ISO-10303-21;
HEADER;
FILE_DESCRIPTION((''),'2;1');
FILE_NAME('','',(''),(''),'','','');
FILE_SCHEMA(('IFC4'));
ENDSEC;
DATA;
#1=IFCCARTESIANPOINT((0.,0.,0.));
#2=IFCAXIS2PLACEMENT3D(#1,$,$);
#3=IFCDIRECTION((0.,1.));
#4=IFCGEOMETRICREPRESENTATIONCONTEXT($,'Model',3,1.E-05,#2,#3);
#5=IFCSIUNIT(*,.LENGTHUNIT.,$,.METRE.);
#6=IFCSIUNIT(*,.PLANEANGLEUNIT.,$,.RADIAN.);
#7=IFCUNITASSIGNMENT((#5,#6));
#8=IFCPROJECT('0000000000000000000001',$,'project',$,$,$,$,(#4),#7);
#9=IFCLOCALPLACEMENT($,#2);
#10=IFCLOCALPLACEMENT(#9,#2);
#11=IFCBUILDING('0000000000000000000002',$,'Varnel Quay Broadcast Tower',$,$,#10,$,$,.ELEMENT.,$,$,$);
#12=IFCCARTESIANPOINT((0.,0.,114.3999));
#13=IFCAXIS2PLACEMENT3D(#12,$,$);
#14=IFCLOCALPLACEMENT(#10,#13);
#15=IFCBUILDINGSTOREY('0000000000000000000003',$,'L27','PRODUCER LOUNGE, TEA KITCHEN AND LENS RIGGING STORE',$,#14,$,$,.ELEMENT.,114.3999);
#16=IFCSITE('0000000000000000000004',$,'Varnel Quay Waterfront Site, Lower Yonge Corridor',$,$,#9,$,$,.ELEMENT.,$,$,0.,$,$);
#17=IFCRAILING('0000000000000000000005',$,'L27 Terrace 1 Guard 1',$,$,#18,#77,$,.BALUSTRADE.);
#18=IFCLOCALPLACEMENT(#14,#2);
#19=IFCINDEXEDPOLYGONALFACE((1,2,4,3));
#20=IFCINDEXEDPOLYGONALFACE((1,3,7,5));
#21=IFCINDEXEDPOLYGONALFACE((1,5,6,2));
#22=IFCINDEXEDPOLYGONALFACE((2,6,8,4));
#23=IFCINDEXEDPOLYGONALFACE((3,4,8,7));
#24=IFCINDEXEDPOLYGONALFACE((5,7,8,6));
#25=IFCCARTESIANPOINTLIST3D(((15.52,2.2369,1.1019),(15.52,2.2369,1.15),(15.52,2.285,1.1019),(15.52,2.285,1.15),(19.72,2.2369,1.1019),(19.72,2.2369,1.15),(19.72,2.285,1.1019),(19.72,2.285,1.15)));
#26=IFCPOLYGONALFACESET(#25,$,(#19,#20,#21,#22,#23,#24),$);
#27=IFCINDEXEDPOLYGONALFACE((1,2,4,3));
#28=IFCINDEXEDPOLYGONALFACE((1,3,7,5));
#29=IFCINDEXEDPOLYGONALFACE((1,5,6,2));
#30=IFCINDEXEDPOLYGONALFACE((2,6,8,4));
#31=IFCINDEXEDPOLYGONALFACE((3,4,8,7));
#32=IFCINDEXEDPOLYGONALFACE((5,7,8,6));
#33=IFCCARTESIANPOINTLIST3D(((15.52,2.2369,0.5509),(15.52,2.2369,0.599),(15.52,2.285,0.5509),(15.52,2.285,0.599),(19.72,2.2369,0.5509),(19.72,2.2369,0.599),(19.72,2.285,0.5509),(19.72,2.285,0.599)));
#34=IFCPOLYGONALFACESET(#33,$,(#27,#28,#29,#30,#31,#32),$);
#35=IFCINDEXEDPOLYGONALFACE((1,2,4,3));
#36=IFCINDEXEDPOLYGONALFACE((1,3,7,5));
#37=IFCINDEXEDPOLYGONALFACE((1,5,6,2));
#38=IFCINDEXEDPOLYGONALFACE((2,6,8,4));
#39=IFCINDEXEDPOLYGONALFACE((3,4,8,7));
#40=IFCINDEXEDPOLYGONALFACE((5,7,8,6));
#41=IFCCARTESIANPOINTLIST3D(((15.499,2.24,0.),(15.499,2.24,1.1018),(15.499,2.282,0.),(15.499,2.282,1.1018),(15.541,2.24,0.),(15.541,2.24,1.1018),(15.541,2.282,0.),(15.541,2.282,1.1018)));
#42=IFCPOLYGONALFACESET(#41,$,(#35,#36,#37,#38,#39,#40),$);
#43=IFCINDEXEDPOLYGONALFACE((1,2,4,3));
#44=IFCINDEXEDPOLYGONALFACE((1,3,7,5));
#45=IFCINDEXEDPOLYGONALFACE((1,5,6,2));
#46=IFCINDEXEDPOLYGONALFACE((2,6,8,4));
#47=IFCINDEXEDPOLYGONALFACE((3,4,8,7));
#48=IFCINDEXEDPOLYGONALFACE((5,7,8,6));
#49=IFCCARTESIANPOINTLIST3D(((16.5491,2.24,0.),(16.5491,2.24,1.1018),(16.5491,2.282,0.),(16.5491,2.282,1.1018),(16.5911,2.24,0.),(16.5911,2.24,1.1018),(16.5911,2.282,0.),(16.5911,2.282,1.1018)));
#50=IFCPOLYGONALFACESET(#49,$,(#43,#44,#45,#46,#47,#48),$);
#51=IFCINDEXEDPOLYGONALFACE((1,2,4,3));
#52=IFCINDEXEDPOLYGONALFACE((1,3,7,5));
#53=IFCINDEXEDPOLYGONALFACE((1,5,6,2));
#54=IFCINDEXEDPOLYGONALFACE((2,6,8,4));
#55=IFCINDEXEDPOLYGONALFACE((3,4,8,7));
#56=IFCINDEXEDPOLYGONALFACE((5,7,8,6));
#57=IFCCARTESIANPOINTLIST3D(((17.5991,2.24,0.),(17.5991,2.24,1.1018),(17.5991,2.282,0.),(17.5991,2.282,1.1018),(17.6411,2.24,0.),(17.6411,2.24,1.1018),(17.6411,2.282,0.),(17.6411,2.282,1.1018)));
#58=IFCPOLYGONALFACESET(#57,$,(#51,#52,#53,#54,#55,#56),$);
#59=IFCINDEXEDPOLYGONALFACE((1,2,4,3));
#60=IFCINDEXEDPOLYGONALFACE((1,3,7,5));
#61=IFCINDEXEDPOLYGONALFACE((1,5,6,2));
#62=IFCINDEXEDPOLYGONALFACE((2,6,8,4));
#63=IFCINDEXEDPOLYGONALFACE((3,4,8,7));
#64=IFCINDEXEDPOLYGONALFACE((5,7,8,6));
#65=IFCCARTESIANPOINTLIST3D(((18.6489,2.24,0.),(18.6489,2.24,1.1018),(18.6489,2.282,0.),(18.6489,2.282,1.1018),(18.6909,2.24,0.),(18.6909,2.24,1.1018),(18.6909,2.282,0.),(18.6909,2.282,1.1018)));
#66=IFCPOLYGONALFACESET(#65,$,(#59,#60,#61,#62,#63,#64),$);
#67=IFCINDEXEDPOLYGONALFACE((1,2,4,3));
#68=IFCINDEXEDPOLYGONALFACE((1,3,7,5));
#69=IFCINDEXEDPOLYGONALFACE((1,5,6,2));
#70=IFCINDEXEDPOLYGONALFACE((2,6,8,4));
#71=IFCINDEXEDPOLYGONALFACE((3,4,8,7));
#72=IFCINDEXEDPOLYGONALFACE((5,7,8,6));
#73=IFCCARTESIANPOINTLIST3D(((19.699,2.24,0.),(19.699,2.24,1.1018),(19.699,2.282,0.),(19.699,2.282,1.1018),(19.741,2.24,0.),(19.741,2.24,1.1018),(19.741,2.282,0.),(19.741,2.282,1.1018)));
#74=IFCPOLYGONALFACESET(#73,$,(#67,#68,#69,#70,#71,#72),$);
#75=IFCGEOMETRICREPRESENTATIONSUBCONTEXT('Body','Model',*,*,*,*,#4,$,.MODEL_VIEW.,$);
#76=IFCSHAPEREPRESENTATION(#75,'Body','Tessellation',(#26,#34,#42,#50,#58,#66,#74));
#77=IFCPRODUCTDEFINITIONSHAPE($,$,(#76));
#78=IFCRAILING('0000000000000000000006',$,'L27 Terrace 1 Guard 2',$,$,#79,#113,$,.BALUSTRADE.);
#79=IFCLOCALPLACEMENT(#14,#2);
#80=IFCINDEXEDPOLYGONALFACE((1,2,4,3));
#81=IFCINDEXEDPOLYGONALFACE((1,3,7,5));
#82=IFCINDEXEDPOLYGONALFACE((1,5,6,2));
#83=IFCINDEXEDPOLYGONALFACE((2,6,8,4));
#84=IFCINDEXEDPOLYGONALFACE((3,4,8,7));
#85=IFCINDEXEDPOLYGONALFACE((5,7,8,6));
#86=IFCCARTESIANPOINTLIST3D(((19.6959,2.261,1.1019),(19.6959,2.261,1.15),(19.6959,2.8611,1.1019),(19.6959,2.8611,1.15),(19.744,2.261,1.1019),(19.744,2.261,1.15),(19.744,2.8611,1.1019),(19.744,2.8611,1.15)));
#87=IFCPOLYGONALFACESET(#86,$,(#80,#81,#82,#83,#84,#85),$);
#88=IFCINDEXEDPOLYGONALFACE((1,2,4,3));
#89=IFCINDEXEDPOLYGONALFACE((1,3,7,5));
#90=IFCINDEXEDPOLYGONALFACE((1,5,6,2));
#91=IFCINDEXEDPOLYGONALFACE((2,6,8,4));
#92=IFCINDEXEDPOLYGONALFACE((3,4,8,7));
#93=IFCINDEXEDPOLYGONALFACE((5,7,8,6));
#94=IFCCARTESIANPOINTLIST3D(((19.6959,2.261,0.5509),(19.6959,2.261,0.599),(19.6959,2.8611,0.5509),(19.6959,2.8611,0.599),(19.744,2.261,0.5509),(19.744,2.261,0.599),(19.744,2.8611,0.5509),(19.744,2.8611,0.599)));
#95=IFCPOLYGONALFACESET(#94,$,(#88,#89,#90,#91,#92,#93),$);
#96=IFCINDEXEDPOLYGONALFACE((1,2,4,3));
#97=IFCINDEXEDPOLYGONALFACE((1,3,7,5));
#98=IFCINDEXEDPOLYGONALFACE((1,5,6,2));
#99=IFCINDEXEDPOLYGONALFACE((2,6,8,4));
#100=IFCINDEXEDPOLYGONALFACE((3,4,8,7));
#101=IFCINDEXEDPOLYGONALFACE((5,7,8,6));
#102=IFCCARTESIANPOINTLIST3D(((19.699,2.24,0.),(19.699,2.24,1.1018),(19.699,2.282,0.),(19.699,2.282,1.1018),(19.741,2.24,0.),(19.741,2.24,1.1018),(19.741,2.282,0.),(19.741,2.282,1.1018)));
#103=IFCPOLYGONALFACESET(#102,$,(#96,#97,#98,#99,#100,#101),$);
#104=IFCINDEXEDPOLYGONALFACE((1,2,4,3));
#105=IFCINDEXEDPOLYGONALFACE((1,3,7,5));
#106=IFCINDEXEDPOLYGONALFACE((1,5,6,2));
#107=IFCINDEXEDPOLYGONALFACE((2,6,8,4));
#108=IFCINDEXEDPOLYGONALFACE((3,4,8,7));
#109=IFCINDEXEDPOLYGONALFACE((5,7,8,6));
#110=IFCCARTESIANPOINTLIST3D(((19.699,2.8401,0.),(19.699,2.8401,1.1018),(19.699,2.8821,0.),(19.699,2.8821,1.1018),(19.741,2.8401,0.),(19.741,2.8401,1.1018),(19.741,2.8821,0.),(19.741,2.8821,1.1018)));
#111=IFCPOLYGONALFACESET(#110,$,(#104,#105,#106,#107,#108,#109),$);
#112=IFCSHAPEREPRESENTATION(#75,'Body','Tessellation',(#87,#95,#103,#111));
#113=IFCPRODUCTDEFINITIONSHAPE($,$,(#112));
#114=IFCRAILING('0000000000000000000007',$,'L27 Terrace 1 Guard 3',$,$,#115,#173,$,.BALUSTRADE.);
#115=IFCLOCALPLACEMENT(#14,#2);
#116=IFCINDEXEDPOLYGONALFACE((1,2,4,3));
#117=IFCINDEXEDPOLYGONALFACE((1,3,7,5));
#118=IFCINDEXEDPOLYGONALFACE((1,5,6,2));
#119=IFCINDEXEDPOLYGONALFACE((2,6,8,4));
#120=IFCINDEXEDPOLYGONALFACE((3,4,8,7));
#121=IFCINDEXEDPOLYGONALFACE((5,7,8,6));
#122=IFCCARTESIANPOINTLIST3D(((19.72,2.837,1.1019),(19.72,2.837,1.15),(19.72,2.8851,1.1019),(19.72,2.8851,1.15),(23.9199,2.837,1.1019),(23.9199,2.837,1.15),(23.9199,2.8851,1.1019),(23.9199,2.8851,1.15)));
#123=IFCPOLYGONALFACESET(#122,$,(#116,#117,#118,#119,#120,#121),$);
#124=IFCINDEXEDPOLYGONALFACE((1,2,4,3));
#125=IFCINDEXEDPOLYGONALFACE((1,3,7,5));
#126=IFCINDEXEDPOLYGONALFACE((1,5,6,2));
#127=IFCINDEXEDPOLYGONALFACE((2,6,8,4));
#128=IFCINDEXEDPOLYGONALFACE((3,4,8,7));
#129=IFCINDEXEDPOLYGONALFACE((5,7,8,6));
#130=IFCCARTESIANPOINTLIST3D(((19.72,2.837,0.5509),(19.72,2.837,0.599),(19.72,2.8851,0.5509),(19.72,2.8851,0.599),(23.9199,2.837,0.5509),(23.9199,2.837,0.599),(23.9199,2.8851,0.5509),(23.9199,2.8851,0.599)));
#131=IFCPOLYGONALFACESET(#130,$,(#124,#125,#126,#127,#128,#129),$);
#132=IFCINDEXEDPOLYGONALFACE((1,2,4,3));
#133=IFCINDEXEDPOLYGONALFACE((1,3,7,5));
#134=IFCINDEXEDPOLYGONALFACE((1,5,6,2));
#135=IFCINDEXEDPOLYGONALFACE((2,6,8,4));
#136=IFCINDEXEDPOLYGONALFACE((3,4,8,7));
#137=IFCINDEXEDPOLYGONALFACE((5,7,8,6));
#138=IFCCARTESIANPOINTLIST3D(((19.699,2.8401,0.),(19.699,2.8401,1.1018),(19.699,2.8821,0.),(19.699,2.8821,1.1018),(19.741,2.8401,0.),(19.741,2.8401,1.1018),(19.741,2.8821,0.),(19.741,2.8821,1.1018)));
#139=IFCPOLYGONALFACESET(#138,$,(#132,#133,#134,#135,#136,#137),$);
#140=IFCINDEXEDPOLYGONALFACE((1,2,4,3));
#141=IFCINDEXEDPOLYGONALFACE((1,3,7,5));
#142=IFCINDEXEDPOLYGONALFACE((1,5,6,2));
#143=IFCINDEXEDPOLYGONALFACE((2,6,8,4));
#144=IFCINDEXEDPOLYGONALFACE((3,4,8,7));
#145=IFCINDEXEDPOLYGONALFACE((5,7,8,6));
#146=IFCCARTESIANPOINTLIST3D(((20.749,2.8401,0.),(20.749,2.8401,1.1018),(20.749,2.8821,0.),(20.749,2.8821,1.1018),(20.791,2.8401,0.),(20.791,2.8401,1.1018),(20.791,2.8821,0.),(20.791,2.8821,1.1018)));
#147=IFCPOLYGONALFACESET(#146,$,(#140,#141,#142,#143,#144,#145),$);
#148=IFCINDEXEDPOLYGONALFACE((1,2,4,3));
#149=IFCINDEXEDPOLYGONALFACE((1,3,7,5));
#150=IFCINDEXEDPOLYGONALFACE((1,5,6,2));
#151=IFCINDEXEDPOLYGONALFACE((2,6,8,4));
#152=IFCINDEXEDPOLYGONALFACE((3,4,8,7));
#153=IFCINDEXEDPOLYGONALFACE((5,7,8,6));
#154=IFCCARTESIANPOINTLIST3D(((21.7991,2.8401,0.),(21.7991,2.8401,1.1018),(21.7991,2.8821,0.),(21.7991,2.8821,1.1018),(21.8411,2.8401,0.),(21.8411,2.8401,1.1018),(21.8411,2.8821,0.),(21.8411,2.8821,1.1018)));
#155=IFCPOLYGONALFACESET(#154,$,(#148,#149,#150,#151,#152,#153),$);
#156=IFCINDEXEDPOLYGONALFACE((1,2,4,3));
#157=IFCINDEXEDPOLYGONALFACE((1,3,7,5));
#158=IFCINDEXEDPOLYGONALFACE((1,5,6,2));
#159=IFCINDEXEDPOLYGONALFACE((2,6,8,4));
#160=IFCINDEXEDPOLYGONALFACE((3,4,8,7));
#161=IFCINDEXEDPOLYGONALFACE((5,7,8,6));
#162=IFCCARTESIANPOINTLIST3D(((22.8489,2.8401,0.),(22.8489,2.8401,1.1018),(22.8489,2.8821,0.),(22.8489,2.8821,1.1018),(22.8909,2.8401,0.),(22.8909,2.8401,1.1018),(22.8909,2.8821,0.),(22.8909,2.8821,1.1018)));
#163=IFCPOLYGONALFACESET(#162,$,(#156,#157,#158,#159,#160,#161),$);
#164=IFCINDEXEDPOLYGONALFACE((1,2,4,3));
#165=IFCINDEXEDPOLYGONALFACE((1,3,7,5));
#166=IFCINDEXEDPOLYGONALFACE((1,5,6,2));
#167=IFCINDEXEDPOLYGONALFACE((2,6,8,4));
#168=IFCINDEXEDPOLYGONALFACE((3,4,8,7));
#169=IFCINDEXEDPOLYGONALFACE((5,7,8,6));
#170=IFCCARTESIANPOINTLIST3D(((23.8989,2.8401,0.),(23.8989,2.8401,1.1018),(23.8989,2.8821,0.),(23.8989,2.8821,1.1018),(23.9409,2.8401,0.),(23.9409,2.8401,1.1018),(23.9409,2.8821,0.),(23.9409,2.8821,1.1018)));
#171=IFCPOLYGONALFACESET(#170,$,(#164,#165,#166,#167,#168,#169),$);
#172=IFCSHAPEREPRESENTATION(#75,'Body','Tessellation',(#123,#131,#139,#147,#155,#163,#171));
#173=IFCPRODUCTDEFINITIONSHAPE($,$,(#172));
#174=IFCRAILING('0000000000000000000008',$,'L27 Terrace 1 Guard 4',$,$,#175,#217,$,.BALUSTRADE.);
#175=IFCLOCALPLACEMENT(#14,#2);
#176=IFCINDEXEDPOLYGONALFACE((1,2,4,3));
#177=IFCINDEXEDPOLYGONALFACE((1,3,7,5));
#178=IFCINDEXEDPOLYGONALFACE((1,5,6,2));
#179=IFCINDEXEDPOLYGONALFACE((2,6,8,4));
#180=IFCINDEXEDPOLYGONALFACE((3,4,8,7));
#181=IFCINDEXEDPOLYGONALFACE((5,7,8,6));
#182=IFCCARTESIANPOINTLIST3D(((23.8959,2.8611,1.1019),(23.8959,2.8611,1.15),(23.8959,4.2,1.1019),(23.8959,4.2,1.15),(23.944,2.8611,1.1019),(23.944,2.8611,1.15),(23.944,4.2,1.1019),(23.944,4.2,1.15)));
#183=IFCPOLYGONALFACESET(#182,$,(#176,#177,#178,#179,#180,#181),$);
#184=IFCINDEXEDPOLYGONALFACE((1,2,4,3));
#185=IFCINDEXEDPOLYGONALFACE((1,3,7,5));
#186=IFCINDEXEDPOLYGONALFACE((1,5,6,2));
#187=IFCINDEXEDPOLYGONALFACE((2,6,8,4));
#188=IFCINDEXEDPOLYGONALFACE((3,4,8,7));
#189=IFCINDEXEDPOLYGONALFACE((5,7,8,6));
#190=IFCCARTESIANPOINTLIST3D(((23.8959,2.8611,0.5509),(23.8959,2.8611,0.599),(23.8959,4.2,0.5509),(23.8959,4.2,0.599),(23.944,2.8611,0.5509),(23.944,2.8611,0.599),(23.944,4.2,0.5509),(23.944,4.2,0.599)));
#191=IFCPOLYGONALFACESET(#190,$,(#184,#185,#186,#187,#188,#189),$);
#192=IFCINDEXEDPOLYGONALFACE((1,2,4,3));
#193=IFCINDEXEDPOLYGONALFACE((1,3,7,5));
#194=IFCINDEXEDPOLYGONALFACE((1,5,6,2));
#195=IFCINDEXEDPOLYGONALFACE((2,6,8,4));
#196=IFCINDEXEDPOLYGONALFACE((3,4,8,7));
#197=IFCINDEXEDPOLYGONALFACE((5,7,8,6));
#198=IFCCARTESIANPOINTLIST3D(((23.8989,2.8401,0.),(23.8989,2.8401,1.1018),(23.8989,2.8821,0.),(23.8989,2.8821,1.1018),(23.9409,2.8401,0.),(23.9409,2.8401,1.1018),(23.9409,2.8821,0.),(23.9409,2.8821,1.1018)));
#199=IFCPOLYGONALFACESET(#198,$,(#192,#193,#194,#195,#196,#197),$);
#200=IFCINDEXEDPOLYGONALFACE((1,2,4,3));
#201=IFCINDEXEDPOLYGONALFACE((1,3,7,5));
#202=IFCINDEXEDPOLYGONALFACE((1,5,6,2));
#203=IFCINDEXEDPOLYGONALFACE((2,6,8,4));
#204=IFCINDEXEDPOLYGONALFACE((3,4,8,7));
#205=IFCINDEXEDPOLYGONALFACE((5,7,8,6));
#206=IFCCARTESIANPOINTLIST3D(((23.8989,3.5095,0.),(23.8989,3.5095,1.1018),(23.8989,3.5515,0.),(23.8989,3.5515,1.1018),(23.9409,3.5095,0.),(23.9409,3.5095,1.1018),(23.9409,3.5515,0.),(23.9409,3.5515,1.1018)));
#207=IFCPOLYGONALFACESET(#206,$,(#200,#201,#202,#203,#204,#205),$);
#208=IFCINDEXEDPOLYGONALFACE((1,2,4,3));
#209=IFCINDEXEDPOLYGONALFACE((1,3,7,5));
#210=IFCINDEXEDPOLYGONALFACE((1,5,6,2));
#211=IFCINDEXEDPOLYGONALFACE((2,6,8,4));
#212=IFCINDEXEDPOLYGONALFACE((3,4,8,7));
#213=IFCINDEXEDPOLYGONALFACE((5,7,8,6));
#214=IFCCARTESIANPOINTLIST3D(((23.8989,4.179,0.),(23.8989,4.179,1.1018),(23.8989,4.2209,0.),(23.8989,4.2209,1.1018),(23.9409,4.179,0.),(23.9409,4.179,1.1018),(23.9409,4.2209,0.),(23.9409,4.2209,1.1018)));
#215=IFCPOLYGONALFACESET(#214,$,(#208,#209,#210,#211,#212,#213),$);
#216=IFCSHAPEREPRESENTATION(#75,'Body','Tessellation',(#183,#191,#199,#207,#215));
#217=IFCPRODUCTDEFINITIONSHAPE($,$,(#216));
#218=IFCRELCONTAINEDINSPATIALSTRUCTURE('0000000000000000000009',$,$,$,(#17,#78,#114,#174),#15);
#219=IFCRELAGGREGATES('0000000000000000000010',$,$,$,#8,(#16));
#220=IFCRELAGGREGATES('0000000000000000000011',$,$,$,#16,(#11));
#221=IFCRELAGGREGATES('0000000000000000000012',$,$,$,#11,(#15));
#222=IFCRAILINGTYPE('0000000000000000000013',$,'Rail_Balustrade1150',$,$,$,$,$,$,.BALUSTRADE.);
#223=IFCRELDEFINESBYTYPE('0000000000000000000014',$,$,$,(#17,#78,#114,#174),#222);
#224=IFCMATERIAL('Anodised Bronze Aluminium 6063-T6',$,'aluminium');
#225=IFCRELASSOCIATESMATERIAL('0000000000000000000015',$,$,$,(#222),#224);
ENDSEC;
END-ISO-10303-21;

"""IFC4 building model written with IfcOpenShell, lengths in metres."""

from ifc_helpers import new_model, si_unit, direction, frame, origin, origin_2d, place, context, subcontext, project, spatial, rectangle, extrude, material, type_object, element, save


model = new_model("IFC4")

# Units and contexts
model_context = context("Model", 3, precision=1e-05, world=origin(), true_north=direction((0.0, 1.0)))
body_context = subcontext(model_context, "Body", "Model", "MODEL_VIEW")
ifc_project = project(units=[si_unit("LENGTHUNIT", "METRE"), si_unit("PLANEANGLEUNIT", "RADIAN")], contexts=[model_context])

# Site, building, storey
site_placement = place(None, origin())
site = spatial("IfcSite", under=ifc_project, at=site_placement, Name="Varnel Quay Waterfront Site, Lower Yonge Corridor", CompositionType="ELEMENT", RefElevation=0.0)
building_placement = place(site_placement, origin())
building = spatial("IfcBuilding", under=site, at=building_placement, Name="Varnel Quay Broadcast Tower", CompositionType="ELEMENT")
storey_placement = place(building_placement, frame((0.0, 0.0, 114.3999)))
storey = spatial("IfcBuildingStorey", under=building, at=storey_placement, Name="L27", Description="PRODUCER LOUNGE, TEA KITCHEN AND LENS RIGGING STORE", CompositionType="ELEMENT", Elevation=114.3999)

# Shared definitions
ifc_material_1 = material(Name="Anodised Bronze Aluminium 6063-T6", Category="aluminium")

# Railings
railing_type = type_object("IfcRailingType", Name="Rail_Balustrade1150", PredefinedType="BALUSTRADE", material=ifc_material_1)
railing_1_placement = place(storey_placement, frame((15.52, 2.261, 0.0)))
element("IfcRailing", 1, at=railing_1_placement, inside=storey, type_object=railing_type, Name="L27 Terrace 1 Guard 1", PredefinedType="BALUSTRADE", context=body_context, shape_type="SweptSolid", body=[
    extrude(rectangle(XDim=0.0481, YDim=0.0481, at=origin_2d()), frame((0.0, 0.0, 1.126), z_axis=(1.0, 0.0, 0.0), x_axis=(0.0, 1.0, 0.0)), (0.0, 0.0, 1.0), 4.2),
    extrude(rectangle(XDim=0.0481, YDim=0.0481, at=origin_2d()), frame((0.0, 0.0, 0.575), z_axis=(1.0, 0.0, 0.0), x_axis=(0.0, 1.0, 0.0)), (0.0, 0.0, 1.0), 4.2),
    extrude(rectangle(XDim=0.042, YDim=0.042, at=origin_2d()), origin(), (0.0, 0.0, 1.0), 1.1018),
    extrude(rectangle(XDim=0.042, YDim=0.042, at=origin_2d()), frame((1.05, 0.0, 0.0)), (0.0, 0.0, 1.0), 1.1018),
    extrude(rectangle(XDim=0.042, YDim=0.042, at=origin_2d()), frame((2.1001, 0.0, 0.0)), (0.0, 0.0, 1.0), 1.1018),
    extrude(rectangle(XDim=0.042, YDim=0.042, at=origin_2d()), frame((3.1499, 0.0, 0.0)), (0.0, 0.0, 1.0), 1.1018),
    extrude(rectangle(XDim=0.042, YDim=0.042, at=origin_2d()), frame((4.2, 0.0, 0.0)), (0.0, 0.0, 1.0), 1.1018),
])
railing_2_placement = place(storey_placement, frame((19.72, 2.261, 0.0)))
element("IfcRailing", 2, at=railing_2_placement, inside=storey, type_object=railing_type, Name="L27 Terrace 1 Guard 2", PredefinedType="BALUSTRADE", context=body_context, shape_type="SweptSolid", body=[
    extrude(rectangle(XDim=0.0481, YDim=0.0481, at=origin_2d()), frame((0.0, 0.0, 1.126), z_axis=(0.0, 1.0, 0.0), x_axis=(-1.0, 0.0, 0.0)), (0.0, 0.0, 1.0), 0.6001),
    extrude(rectangle(XDim=0.0481, YDim=0.0481, at=origin_2d()), frame((0.0, 0.0, 0.575), z_axis=(0.0, 1.0, 0.0), x_axis=(-1.0, 0.0, 0.0)), (0.0, 0.0, 1.0), 0.6001),
    extrude(rectangle(XDim=0.042, YDim=0.042, at=origin_2d()), origin(), (0.0, 0.0, 1.0), 1.1018),
    extrude(rectangle(XDim=0.042, YDim=0.042, at=origin_2d()), frame((0.0, 0.6001, 0.0)), (0.0, 0.0, 1.0), 1.1018),
])
railing_3_placement = place(storey_placement, frame((19.72, 2.8611, 0.0)))
element("IfcRailing", 3, at=railing_3_placement, inside=storey, type_object=railing_type, Name="L27 Terrace 1 Guard 3", PredefinedType="BALUSTRADE", context=body_context, shape_type="SweptSolid", body=[
    extrude(rectangle(XDim=0.0481, YDim=0.0481, at=origin_2d()), frame((0.0, 0.0, 1.126), z_axis=(1.0, 0.0, 0.0), x_axis=(0.0, 1.0, 0.0)), (0.0, 0.0, 1.0), 4.2),
    extrude(rectangle(XDim=0.0481, YDim=0.0481, at=origin_2d()), frame((0.0, 0.0, 0.575), z_axis=(1.0, 0.0, 0.0), x_axis=(0.0, 1.0, 0.0)), (0.0, 0.0, 1.0), 4.2),
    extrude(rectangle(XDim=0.042, YDim=0.042, at=origin_2d()), origin(), (0.0, 0.0, 1.0), 1.1018),
    extrude(rectangle(XDim=0.042, YDim=0.042, at=origin_2d()), frame((1.05, 0.0, 0.0)), (0.0, 0.0, 1.0), 1.1018),
    extrude(rectangle(XDim=0.042, YDim=0.042, at=origin_2d()), frame((2.1001, 0.0, 0.0)), (0.0, 0.0, 1.0), 1.1018),
    extrude(rectangle(XDim=0.042, YDim=0.042, at=origin_2d()), frame((3.1499, 0.0, 0.0)), (0.0, 0.0, 1.0), 1.1018),
    extrude(rectangle(XDim=0.042, YDim=0.042, at=origin_2d()), frame((4.2, 0.0, 0.0)), (0.0, 0.0, 1.0), 1.1018),
])
railing_4_placement = place(storey_placement, frame((23.9199, 2.8611, 0.0)))
element("IfcRailing", 4, at=railing_4_placement, inside=storey, type_object=railing_type, Name="L27 Terrace 1 Guard 4", PredefinedType="BALUSTRADE", context=body_context, shape_type="SweptSolid", body=[
    extrude(rectangle(XDim=0.0481, YDim=0.0481, at=origin_2d()), frame((0.0, 0.0, 1.126), z_axis=(0.0, 1.0, 0.0), x_axis=(-1.0, 0.0, 0.0)), (0.0, 0.0, 1.0), 1.3389),
    extrude(rectangle(XDim=0.0481, YDim=0.0481, at=origin_2d()), frame((0.0, 0.0, 0.575), z_axis=(0.0, 1.0, 0.0), x_axis=(-1.0, 0.0, 0.0)), (0.0, 0.0, 1.0), 1.3389),
    extrude(rectangle(XDim=0.042, YDim=0.042, at=origin_2d()), origin(), (0.0, 0.0, 1.0), 1.1018),
    extrude(rectangle(XDim=0.042, YDim=0.042, at=origin_2d()), frame((0.0, 0.6694, 0.0)), (0.0, 0.0, 1.0), 1.1018),
    extrude(rectangle(XDim=0.042, YDim=0.042, at=origin_2d()), frame((0.0, 1.3389, 0.0)), (0.0, 0.0, 1.0), 1.1018),
])

save(model, "model.ifc")
